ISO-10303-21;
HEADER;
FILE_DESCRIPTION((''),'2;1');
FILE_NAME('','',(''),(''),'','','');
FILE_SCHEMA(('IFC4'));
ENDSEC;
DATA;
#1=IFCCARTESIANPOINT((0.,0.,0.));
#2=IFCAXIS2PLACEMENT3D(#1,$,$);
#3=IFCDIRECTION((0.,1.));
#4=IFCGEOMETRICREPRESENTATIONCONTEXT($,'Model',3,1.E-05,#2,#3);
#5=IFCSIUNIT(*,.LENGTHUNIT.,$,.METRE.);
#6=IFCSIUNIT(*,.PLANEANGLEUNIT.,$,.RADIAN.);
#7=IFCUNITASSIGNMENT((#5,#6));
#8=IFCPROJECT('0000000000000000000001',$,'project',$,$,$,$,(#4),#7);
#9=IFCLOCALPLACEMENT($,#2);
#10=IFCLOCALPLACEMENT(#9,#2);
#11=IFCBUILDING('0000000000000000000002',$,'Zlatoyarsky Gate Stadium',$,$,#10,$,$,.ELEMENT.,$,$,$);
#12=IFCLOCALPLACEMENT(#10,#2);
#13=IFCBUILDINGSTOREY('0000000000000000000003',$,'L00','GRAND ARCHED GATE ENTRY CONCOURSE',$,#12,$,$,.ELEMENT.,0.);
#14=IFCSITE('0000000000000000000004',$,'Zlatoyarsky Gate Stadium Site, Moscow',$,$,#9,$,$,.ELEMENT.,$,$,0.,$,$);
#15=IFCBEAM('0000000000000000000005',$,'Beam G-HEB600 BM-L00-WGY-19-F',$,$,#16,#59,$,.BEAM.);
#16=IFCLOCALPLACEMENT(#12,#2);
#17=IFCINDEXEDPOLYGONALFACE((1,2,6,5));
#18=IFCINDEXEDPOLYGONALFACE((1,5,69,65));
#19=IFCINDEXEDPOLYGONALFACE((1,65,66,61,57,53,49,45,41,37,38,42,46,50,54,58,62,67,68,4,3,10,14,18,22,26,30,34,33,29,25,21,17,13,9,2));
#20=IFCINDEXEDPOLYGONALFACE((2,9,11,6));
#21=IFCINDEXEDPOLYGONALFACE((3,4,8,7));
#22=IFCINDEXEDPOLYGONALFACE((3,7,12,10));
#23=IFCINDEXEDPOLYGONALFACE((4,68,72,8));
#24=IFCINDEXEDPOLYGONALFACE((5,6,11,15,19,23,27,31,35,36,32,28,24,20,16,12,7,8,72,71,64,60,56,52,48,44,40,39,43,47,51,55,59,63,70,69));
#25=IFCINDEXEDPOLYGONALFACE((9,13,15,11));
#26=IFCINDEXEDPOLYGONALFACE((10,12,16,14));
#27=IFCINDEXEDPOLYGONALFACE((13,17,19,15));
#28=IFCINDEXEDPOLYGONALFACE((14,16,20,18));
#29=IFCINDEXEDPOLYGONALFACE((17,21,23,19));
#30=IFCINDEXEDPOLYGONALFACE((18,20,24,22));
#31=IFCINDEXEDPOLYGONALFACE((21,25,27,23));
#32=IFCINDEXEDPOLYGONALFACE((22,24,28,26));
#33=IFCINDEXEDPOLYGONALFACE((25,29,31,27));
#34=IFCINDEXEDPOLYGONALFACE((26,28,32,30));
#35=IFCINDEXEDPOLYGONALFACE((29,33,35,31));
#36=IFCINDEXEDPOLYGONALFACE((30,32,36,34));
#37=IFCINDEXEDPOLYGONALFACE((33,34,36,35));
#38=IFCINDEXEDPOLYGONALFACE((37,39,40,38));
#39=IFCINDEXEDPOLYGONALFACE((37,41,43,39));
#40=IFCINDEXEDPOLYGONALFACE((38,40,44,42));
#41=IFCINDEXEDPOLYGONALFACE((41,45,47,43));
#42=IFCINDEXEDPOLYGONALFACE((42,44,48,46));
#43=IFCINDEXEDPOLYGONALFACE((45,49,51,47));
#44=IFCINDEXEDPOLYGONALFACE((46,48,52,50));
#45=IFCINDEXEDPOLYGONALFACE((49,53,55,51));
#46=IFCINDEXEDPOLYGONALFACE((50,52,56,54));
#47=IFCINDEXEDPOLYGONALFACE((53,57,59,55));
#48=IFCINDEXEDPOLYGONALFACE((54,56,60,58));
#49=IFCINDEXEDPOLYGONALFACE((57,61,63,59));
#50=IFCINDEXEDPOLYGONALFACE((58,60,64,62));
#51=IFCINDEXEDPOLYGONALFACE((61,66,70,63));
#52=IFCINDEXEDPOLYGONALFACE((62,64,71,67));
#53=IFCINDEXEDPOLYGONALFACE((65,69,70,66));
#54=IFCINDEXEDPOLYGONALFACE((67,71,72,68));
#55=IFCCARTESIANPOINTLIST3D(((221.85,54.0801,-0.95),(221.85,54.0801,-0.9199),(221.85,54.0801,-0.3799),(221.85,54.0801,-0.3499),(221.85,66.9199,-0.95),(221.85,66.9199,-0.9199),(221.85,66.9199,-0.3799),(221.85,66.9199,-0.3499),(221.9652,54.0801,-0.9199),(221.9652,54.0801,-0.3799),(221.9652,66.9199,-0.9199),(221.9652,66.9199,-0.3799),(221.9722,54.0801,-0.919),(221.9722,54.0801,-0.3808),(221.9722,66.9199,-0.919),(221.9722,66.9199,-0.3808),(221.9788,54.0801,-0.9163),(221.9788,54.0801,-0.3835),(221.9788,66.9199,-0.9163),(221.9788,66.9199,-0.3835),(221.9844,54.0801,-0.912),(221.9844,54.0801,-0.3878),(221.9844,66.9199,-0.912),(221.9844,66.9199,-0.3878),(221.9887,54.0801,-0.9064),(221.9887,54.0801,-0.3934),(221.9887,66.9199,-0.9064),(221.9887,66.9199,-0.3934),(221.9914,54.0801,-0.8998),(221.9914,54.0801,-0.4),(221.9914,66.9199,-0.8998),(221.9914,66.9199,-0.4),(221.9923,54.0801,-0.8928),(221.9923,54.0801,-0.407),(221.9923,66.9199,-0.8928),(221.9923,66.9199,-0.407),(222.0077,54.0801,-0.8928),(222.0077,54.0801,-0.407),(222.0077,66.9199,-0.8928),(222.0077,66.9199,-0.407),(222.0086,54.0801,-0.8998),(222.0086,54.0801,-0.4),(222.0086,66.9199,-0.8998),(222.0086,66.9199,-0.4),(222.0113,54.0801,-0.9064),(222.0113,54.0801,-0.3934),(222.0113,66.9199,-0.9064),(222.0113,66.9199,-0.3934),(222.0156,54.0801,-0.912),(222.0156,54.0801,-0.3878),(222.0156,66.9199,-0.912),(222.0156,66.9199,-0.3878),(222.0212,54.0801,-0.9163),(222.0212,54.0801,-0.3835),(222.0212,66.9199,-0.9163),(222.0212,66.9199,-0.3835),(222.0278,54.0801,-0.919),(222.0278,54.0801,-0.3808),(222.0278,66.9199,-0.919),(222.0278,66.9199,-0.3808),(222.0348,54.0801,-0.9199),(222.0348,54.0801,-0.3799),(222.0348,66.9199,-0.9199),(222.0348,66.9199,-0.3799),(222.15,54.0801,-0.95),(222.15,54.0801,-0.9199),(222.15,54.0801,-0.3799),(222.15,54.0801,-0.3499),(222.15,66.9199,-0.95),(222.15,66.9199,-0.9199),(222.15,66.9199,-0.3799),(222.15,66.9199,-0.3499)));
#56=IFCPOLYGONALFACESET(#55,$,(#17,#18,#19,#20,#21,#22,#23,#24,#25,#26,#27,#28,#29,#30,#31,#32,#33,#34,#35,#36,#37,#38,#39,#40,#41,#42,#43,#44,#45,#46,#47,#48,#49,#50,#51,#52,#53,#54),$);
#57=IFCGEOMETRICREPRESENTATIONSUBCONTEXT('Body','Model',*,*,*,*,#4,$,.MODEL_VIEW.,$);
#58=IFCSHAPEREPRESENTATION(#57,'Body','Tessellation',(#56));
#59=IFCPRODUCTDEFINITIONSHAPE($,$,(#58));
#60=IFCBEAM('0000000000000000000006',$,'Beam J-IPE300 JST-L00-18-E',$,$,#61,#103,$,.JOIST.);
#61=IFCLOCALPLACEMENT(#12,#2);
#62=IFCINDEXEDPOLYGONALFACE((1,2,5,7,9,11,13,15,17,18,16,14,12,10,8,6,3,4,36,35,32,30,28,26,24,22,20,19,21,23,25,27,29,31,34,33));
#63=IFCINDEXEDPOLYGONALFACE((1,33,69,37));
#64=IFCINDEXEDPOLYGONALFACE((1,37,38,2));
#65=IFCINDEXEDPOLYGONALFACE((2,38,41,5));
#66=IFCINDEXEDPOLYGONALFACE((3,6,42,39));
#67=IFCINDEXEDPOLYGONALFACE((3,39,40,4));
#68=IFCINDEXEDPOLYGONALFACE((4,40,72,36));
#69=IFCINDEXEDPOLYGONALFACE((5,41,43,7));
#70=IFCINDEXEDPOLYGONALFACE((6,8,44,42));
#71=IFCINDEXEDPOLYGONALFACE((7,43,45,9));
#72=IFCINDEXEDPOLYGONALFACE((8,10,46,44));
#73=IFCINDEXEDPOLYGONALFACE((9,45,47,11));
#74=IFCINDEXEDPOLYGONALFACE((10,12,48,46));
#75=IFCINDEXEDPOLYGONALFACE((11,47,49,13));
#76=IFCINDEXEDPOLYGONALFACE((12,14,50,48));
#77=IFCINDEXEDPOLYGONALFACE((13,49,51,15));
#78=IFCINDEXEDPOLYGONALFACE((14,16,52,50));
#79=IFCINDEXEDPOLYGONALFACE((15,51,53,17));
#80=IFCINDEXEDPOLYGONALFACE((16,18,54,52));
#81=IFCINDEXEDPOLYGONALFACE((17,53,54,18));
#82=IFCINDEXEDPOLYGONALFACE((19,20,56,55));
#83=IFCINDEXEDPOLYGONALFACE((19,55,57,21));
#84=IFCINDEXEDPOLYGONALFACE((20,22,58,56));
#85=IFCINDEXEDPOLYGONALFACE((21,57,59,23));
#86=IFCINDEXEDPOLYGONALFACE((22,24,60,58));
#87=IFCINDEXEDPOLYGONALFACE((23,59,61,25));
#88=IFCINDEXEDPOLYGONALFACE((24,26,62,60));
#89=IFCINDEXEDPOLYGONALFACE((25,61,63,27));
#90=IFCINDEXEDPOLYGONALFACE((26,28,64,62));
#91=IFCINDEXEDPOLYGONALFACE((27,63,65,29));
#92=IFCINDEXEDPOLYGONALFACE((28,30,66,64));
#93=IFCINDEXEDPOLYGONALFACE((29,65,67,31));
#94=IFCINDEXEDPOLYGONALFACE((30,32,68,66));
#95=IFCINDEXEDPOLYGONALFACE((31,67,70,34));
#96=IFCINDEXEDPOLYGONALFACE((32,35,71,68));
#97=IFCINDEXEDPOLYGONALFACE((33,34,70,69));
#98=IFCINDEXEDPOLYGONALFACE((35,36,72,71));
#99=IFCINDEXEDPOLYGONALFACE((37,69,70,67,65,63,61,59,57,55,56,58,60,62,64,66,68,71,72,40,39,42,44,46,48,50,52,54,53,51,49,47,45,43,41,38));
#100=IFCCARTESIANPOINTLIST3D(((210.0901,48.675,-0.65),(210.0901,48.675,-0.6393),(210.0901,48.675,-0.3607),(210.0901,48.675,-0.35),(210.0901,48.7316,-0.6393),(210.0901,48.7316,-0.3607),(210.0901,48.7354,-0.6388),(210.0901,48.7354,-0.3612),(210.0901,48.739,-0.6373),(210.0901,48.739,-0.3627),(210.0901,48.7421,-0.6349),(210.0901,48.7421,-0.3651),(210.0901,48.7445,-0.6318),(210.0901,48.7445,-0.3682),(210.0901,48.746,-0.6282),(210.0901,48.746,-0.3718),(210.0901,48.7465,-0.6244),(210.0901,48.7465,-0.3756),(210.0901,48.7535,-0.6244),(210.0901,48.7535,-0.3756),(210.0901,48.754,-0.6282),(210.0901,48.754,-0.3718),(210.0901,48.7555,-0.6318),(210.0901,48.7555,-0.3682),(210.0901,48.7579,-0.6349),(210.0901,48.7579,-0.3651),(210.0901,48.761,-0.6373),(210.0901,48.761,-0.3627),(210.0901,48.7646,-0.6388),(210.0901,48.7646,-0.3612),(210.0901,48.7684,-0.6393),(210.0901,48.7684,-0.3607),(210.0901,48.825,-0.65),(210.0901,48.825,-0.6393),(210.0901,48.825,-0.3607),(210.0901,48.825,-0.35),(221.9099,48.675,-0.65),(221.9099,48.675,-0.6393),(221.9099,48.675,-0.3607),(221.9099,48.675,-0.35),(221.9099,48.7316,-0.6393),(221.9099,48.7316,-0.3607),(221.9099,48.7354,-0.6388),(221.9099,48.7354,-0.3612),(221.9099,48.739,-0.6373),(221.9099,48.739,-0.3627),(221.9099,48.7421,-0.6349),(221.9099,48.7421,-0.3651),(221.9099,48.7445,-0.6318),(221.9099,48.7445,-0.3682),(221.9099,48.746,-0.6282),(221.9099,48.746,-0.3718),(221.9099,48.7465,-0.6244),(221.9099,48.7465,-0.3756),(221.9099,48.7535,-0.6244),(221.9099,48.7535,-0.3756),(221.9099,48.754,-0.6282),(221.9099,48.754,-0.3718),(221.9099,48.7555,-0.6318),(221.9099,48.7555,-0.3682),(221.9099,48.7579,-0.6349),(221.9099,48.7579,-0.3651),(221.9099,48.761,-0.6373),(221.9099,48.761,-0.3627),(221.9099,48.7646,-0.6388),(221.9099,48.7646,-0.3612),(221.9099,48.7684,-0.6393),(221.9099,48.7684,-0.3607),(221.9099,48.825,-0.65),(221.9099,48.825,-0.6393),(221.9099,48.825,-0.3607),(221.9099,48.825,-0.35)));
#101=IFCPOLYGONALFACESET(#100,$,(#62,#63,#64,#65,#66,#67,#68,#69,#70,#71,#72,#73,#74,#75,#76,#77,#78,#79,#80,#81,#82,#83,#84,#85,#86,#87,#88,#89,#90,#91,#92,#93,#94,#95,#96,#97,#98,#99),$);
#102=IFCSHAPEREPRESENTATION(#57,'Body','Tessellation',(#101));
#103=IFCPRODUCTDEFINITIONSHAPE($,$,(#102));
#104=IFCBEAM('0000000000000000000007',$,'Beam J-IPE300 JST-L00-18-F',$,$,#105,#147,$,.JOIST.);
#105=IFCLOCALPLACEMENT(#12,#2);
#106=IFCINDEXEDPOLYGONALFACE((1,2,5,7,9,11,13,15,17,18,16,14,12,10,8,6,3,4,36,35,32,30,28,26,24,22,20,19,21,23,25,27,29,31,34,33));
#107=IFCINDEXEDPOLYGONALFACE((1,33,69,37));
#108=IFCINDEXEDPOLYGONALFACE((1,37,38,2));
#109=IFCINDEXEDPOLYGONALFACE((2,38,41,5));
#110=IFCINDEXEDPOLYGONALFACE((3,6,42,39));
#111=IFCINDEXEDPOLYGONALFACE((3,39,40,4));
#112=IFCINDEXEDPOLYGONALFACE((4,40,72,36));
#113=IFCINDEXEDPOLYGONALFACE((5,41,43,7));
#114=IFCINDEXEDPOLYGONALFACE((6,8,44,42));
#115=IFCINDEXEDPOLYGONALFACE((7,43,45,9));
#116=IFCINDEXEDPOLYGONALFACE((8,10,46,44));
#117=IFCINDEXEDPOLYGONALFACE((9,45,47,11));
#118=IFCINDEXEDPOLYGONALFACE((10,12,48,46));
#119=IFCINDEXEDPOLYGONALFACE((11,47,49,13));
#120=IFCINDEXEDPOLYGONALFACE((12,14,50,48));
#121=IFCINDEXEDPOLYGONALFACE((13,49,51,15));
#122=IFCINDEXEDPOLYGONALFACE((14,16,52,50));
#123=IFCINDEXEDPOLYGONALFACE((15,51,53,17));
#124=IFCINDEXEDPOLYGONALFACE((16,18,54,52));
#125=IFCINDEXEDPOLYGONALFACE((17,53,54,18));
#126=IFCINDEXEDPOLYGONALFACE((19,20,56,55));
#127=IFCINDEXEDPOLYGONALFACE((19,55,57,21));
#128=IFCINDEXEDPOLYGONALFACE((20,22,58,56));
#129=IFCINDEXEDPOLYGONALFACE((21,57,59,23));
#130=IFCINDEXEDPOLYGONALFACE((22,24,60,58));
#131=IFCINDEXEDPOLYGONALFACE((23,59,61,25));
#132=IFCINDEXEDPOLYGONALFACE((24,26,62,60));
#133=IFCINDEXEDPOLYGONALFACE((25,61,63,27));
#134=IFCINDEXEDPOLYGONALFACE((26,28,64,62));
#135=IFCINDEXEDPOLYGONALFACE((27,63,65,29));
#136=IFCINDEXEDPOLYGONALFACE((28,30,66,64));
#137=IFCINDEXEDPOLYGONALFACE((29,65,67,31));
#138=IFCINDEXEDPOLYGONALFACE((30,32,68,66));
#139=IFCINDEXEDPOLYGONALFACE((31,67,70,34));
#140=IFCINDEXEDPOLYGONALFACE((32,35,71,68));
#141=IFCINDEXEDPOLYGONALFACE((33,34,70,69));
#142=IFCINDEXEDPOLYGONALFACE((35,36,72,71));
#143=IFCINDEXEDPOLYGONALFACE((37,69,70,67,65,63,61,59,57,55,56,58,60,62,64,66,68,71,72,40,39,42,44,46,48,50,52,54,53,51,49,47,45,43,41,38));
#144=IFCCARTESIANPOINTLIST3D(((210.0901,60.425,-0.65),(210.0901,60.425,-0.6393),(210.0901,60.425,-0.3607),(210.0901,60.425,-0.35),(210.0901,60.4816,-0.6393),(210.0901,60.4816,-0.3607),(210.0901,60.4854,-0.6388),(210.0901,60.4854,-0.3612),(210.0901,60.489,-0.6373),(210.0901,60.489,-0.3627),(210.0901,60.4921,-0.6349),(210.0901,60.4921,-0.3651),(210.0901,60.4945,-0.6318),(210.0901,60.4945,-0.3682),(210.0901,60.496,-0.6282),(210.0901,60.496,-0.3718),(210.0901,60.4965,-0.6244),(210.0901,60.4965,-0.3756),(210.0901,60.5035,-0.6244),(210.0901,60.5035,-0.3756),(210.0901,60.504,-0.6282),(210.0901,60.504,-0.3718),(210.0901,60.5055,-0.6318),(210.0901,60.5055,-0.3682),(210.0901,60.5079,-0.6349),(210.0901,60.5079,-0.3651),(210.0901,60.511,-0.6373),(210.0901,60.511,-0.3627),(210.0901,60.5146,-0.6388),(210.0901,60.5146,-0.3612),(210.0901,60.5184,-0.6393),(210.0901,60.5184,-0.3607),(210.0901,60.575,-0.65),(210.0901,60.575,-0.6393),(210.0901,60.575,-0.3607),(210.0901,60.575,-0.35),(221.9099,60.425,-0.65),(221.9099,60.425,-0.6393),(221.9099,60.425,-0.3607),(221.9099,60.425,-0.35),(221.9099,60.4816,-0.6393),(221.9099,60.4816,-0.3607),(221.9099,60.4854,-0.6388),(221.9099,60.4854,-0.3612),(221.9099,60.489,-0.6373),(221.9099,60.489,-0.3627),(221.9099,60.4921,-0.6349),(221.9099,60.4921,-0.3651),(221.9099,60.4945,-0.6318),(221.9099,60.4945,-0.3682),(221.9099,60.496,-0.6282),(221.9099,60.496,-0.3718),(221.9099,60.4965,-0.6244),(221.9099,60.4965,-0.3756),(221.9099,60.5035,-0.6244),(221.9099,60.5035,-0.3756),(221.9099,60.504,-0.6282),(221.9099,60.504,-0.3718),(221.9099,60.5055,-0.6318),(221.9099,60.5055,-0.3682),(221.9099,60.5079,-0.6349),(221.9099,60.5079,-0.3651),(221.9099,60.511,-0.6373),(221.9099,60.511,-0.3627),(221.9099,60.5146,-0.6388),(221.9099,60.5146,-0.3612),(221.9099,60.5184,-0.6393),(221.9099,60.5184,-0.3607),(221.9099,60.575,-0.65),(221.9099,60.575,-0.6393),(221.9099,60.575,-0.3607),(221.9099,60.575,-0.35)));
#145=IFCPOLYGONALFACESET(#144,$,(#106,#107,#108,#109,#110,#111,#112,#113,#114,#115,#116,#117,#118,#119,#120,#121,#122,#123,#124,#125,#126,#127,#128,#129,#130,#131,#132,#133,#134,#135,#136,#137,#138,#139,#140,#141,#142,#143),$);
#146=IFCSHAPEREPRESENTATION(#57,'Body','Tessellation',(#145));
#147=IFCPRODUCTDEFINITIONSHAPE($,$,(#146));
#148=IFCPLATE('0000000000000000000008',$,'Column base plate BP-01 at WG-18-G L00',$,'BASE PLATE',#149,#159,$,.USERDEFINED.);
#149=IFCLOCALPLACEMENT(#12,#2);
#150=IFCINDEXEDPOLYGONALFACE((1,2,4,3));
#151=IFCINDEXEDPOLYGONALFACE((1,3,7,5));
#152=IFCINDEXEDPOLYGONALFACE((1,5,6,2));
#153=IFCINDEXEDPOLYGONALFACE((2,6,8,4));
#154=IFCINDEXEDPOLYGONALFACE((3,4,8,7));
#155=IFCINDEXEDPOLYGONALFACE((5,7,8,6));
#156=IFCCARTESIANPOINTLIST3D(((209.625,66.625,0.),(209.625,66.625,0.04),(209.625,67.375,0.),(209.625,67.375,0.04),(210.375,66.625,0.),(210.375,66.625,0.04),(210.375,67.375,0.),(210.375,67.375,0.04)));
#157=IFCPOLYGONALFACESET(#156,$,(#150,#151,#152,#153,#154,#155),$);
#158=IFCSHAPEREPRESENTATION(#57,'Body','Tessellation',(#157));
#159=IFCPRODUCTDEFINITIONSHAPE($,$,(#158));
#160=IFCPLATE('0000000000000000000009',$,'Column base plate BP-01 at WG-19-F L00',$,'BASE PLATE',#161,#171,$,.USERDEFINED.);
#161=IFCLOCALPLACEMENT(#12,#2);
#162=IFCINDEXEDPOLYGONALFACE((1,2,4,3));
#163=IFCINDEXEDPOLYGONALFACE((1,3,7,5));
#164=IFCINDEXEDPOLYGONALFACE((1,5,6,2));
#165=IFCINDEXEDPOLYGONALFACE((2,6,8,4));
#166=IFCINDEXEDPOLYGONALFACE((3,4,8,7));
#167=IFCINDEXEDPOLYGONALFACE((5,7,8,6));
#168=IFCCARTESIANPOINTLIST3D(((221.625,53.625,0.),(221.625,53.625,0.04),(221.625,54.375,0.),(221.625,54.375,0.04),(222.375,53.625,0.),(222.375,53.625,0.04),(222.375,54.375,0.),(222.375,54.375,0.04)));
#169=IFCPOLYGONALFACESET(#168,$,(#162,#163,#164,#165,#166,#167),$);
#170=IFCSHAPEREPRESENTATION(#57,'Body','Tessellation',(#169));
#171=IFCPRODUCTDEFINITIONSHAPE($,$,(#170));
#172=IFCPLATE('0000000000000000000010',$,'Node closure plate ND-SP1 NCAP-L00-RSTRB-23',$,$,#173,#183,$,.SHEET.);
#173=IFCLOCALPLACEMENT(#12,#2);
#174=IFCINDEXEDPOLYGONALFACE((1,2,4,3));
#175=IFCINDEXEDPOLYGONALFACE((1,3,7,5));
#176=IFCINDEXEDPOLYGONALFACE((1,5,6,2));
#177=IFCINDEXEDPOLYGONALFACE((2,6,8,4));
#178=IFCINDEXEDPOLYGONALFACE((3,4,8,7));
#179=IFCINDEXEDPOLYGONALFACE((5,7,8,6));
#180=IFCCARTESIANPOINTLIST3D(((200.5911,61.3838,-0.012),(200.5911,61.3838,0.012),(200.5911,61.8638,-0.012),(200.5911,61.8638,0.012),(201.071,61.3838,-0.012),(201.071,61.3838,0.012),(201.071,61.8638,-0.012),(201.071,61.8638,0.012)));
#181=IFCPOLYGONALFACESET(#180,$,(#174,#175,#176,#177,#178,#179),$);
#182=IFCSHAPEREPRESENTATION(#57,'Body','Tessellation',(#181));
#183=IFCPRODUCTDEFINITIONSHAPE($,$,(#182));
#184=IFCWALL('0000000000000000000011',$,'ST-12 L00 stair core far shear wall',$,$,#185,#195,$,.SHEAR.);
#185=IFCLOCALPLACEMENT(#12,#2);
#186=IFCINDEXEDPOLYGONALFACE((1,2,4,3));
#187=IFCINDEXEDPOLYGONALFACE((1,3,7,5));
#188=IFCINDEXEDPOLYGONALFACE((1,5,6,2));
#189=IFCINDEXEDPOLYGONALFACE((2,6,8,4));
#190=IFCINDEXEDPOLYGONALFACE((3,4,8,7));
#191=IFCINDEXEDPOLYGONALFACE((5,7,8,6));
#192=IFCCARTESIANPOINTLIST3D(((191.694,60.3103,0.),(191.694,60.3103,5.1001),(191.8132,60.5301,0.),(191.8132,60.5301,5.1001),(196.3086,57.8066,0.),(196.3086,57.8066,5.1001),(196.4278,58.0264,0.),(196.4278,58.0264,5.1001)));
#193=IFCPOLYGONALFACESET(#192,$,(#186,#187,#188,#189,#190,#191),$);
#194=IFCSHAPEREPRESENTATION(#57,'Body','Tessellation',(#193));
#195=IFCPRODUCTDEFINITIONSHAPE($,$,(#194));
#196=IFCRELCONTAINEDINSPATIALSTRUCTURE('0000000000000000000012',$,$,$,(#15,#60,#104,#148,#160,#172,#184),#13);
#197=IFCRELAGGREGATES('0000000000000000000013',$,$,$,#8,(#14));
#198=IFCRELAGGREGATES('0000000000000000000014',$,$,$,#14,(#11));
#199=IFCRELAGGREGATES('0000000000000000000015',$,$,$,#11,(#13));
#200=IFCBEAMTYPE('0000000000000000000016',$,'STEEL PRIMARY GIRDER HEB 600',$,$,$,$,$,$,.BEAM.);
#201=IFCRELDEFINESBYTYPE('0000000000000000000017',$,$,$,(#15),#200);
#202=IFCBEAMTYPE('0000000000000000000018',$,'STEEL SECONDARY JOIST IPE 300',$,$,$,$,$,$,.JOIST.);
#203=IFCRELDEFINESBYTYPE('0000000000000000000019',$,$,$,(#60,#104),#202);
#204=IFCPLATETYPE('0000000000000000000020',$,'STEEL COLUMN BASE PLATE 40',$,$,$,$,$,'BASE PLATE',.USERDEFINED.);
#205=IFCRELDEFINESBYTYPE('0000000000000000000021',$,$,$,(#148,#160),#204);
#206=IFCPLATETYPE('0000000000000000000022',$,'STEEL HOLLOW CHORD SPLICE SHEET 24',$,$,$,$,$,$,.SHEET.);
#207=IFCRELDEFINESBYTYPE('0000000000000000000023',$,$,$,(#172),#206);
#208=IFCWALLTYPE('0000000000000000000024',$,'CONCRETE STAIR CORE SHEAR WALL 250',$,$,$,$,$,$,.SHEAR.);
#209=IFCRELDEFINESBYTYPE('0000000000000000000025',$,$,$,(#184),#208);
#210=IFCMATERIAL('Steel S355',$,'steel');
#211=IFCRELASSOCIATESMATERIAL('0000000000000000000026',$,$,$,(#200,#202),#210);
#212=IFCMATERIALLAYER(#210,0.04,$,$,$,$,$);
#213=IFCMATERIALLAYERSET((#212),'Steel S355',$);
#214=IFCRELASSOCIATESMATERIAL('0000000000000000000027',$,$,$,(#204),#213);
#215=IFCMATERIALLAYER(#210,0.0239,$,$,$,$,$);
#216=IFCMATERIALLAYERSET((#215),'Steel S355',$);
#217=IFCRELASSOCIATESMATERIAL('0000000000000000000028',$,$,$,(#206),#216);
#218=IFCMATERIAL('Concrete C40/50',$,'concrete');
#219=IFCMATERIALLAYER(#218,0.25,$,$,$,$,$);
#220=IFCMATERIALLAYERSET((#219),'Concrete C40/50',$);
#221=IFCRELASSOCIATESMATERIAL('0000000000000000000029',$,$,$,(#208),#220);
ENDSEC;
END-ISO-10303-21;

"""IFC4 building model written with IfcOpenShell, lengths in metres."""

from ifc_helpers import new_model, si_unit, direction, frame, frame_2d, origin, origin_2d, place, context, subcontext, project, spatial, rectangle, i_section, extrude, material, layer, layer_set, material_profile, profile_set, type_object, element, save


model = new_model("IFC4")

# Units and contexts
model_context = context("Model", 3, precision=1e-05, world=origin(), true_north=direction((0.0, 1.0)))
body_context = subcontext(model_context, "Body", "Model", "MODEL_VIEW")
ifc_project = project(units=[si_unit("LENGTHUNIT", "METRE"), si_unit("PLANEANGLEUNIT", "RADIAN")], contexts=[model_context])

# Site, building, storey
site_placement = place(None, origin())
site = spatial("IfcSite", under=ifc_project, at=site_placement, Name="Zlatoyarsky Gate Stadium Site, Moscow", CompositionType="ELEMENT", RefElevation=0.0)
building_placement = place(site_placement, origin())
building = spatial("IfcBuilding", under=site, at=building_placement, Name="Zlatoyarsky Gate Stadium", CompositionType="ELEMENT")
storey_placement = place(building_placement, origin())
storey = spatial("IfcBuildingStorey", under=building, at=storey_placement, Name="L00", Description="GRAND ARCHED GATE ENTRY CONCOURSE", CompositionType="ELEMENT", Elevation=0.0)

# Shared definitions
ifc_material_1 = material(Name="Concrete C40/50", Category="concrete")
ifc_material_2 = material(Name="Steel S355", Category="steel")

# Beams
ifc_material_profile_1 = material_profile(ifc_material_2, i_section(OverallWidth=0.3, OverallDepth=0.6001, WebThickness=0.0154, FlangeThickness=0.03, FilletRadius=0.0271, at=origin_2d()), Name="HEB 600")
ifc_profile_set_1 = profile_set([ifc_material_profile_1], Name="Steel S355")
beam_type_1 = type_object("IfcBeamType", Name="STEEL PRIMARY GIRDER HEB 600", PredefinedType="BEAM", material=ifc_profile_set_1)
for number, where, z_axis, x_axis, name in (
    (1, (222.0, 54.0801, -0.6499), (0.0, 1.0, 0.0), (-1.0, 0.0, 0.0), "Beam G-HEB600 BM-L00-WGY-19-F"),
):
    element("IfcBeam", number, at=place(storey_placement, frame(where, z_axis=z_axis, x_axis=x_axis)), inside=storey, type_object=beam_type_1, Name=name, PredefinedType="BEAM", context=body_context, shape_type="SweptSolid", body=[
        extrude(i_section(OverallWidth=0.3, OverallDepth=0.6001, WebThickness=0.0154, FlangeThickness=0.03, FilletRadius=0.0271, at=origin_2d()), origin(), (0.0, 0.0, 1.0), 12.8398),
    ])
ifc_material_profile_2 = material_profile(ifc_material_2, i_section(OverallWidth=0.1499, OverallDepth=0.3, WebThickness=0.0071, FlangeThickness=0.0107, FilletRadius=0.0149, at=origin_2d()), Name="IPE 300")
ifc_profile_set_2 = profile_set([ifc_material_profile_2], Name="Steel S355")
beam_type_2 = type_object("IfcBeamType", Name="STEEL SECONDARY JOIST IPE 300", PredefinedType="JOIST", material=ifc_profile_set_2)
for number, where, z_axis, x_axis, name in (
    (2, (210.0901, 48.75, -0.5), (1.0, 0.0, 0.0), (0.0, 1.0, 0.0), "Beam J-IPE300 JST-L00-18-E"),
    (3, (210.0901, 60.5, -0.5), (1.0, 0.0, 0.0), (0.0, 1.0, 0.0), "Beam J-IPE300 JST-L00-18-F"),
):
    element("IfcBeam", number, at=place(storey_placement, frame(where, z_axis=z_axis, x_axis=x_axis)), inside=storey, type_object=beam_type_2, Name=name, PredefinedType="JOIST", context=body_context, shape_type="SweptSolid", body=[
        extrude(i_section(OverallWidth=0.1499, OverallDepth=0.3, WebThickness=0.0071, FlangeThickness=0.0107, FilletRadius=0.0149, at=origin_2d()), origin(), (0.0, 0.0, 1.0), 11.8198),
    ])

# Plates
ifc_layer_1 = layer(ifc_material_2, 0.04)
ifc_layer_set_1 = layer_set([ifc_layer_1], Name="Steel S355")
plate_type_1 = type_object("IfcPlateType", Name="STEEL COLUMN BASE PLATE 40", ElementType="BASE PLATE", PredefinedType="USERDEFINED", material=ifc_layer_set_1)
for number, where, z_axis, x_axis, name in (
    (4, (210.0, 67.0, 0.0), (0.0, 0.0, 1.0), (1.0, 0.0, 0.0), "Column base plate BP-01 at WG-18-G L00"),
    (5, (222.0, 54.0, 0.0), (0.0, 0.0, 1.0), (1.0, 0.0, 0.0), "Column base plate BP-01 at WG-19-F L00"),
):
    element("IfcPlate", number, at=place(storey_placement, frame(where, z_axis=z_axis, x_axis=x_axis)), inside=storey, type_object=plate_type_1, Name=name, ObjectType="BASE PLATE", PredefinedType="USERDEFINED", context=body_context, shape_type="SweptSolid", body=[
        extrude(rectangle(XDim=0.75, YDim=0.75, at=origin_2d()), origin(), (0.0, 0.0, 1.0), 0.04),
    ])
ifc_layer_2 = layer(ifc_material_2, 0.0239)
ifc_layer_set_2 = layer_set([ifc_layer_2], Name="Steel S355")
plate_type_2 = type_object("IfcPlateType", Name="STEEL HOLLOW CHORD SPLICE SHEET 24", PredefinedType="SHEET", material=ifc_layer_set_2)
plate_placement = place(storey_placement, frame((200.8311, 61.6238, -0.012), z_axis=(0.0, 0.0, 1.0), x_axis=(1.0, 0.0, 0.0)))
element("IfcPlate", 6, at=plate_placement, inside=storey, type_object=plate_type_2, Name="Node closure plate ND-SP1 NCAP-L00-RSTRB-23", PredefinedType="SHEET", context=body_context, shape_type="SweptSolid", body=[
    extrude(rectangle(XDim=0.48, YDim=0.48, at=origin_2d()), origin(), (0.0, 0.0, 1.0), 0.0239),
])

# Wall
ifc_layer_3 = layer(ifc_material_1, 0.25)
ifc_layer_set_3 = layer_set([ifc_layer_3], Name="Concrete C40/50")
wall_type_1 = type_object("IfcWallType", Name="CONCRETE STAIR CORE SHEAR WALL 250", PredefinedType="SHEAR", material=ifc_layer_set_3)
wall_1_placement = place(storey_placement, frame((196.3682, 57.9165, 0.0), z_axis=(0.0, 0.0, 1.0), x_axis=(-0.878961, 0.476893, 0.0)))
element("IfcWall", 7, at=wall_1_placement, inside=storey, type_object=wall_type_1, Name="ST-12 L00 stair core far shear wall", PredefinedType="SHEAR", context=body_context, shape_type="SweptSolid", body=[
    extrude(rectangle(XDim=5.25, YDim=0.25, at=frame_2d((2.625, 0.0))), origin(), (0.0, 0.0, 1.0), 5.1001),
])

save(model, "model.ifc")
